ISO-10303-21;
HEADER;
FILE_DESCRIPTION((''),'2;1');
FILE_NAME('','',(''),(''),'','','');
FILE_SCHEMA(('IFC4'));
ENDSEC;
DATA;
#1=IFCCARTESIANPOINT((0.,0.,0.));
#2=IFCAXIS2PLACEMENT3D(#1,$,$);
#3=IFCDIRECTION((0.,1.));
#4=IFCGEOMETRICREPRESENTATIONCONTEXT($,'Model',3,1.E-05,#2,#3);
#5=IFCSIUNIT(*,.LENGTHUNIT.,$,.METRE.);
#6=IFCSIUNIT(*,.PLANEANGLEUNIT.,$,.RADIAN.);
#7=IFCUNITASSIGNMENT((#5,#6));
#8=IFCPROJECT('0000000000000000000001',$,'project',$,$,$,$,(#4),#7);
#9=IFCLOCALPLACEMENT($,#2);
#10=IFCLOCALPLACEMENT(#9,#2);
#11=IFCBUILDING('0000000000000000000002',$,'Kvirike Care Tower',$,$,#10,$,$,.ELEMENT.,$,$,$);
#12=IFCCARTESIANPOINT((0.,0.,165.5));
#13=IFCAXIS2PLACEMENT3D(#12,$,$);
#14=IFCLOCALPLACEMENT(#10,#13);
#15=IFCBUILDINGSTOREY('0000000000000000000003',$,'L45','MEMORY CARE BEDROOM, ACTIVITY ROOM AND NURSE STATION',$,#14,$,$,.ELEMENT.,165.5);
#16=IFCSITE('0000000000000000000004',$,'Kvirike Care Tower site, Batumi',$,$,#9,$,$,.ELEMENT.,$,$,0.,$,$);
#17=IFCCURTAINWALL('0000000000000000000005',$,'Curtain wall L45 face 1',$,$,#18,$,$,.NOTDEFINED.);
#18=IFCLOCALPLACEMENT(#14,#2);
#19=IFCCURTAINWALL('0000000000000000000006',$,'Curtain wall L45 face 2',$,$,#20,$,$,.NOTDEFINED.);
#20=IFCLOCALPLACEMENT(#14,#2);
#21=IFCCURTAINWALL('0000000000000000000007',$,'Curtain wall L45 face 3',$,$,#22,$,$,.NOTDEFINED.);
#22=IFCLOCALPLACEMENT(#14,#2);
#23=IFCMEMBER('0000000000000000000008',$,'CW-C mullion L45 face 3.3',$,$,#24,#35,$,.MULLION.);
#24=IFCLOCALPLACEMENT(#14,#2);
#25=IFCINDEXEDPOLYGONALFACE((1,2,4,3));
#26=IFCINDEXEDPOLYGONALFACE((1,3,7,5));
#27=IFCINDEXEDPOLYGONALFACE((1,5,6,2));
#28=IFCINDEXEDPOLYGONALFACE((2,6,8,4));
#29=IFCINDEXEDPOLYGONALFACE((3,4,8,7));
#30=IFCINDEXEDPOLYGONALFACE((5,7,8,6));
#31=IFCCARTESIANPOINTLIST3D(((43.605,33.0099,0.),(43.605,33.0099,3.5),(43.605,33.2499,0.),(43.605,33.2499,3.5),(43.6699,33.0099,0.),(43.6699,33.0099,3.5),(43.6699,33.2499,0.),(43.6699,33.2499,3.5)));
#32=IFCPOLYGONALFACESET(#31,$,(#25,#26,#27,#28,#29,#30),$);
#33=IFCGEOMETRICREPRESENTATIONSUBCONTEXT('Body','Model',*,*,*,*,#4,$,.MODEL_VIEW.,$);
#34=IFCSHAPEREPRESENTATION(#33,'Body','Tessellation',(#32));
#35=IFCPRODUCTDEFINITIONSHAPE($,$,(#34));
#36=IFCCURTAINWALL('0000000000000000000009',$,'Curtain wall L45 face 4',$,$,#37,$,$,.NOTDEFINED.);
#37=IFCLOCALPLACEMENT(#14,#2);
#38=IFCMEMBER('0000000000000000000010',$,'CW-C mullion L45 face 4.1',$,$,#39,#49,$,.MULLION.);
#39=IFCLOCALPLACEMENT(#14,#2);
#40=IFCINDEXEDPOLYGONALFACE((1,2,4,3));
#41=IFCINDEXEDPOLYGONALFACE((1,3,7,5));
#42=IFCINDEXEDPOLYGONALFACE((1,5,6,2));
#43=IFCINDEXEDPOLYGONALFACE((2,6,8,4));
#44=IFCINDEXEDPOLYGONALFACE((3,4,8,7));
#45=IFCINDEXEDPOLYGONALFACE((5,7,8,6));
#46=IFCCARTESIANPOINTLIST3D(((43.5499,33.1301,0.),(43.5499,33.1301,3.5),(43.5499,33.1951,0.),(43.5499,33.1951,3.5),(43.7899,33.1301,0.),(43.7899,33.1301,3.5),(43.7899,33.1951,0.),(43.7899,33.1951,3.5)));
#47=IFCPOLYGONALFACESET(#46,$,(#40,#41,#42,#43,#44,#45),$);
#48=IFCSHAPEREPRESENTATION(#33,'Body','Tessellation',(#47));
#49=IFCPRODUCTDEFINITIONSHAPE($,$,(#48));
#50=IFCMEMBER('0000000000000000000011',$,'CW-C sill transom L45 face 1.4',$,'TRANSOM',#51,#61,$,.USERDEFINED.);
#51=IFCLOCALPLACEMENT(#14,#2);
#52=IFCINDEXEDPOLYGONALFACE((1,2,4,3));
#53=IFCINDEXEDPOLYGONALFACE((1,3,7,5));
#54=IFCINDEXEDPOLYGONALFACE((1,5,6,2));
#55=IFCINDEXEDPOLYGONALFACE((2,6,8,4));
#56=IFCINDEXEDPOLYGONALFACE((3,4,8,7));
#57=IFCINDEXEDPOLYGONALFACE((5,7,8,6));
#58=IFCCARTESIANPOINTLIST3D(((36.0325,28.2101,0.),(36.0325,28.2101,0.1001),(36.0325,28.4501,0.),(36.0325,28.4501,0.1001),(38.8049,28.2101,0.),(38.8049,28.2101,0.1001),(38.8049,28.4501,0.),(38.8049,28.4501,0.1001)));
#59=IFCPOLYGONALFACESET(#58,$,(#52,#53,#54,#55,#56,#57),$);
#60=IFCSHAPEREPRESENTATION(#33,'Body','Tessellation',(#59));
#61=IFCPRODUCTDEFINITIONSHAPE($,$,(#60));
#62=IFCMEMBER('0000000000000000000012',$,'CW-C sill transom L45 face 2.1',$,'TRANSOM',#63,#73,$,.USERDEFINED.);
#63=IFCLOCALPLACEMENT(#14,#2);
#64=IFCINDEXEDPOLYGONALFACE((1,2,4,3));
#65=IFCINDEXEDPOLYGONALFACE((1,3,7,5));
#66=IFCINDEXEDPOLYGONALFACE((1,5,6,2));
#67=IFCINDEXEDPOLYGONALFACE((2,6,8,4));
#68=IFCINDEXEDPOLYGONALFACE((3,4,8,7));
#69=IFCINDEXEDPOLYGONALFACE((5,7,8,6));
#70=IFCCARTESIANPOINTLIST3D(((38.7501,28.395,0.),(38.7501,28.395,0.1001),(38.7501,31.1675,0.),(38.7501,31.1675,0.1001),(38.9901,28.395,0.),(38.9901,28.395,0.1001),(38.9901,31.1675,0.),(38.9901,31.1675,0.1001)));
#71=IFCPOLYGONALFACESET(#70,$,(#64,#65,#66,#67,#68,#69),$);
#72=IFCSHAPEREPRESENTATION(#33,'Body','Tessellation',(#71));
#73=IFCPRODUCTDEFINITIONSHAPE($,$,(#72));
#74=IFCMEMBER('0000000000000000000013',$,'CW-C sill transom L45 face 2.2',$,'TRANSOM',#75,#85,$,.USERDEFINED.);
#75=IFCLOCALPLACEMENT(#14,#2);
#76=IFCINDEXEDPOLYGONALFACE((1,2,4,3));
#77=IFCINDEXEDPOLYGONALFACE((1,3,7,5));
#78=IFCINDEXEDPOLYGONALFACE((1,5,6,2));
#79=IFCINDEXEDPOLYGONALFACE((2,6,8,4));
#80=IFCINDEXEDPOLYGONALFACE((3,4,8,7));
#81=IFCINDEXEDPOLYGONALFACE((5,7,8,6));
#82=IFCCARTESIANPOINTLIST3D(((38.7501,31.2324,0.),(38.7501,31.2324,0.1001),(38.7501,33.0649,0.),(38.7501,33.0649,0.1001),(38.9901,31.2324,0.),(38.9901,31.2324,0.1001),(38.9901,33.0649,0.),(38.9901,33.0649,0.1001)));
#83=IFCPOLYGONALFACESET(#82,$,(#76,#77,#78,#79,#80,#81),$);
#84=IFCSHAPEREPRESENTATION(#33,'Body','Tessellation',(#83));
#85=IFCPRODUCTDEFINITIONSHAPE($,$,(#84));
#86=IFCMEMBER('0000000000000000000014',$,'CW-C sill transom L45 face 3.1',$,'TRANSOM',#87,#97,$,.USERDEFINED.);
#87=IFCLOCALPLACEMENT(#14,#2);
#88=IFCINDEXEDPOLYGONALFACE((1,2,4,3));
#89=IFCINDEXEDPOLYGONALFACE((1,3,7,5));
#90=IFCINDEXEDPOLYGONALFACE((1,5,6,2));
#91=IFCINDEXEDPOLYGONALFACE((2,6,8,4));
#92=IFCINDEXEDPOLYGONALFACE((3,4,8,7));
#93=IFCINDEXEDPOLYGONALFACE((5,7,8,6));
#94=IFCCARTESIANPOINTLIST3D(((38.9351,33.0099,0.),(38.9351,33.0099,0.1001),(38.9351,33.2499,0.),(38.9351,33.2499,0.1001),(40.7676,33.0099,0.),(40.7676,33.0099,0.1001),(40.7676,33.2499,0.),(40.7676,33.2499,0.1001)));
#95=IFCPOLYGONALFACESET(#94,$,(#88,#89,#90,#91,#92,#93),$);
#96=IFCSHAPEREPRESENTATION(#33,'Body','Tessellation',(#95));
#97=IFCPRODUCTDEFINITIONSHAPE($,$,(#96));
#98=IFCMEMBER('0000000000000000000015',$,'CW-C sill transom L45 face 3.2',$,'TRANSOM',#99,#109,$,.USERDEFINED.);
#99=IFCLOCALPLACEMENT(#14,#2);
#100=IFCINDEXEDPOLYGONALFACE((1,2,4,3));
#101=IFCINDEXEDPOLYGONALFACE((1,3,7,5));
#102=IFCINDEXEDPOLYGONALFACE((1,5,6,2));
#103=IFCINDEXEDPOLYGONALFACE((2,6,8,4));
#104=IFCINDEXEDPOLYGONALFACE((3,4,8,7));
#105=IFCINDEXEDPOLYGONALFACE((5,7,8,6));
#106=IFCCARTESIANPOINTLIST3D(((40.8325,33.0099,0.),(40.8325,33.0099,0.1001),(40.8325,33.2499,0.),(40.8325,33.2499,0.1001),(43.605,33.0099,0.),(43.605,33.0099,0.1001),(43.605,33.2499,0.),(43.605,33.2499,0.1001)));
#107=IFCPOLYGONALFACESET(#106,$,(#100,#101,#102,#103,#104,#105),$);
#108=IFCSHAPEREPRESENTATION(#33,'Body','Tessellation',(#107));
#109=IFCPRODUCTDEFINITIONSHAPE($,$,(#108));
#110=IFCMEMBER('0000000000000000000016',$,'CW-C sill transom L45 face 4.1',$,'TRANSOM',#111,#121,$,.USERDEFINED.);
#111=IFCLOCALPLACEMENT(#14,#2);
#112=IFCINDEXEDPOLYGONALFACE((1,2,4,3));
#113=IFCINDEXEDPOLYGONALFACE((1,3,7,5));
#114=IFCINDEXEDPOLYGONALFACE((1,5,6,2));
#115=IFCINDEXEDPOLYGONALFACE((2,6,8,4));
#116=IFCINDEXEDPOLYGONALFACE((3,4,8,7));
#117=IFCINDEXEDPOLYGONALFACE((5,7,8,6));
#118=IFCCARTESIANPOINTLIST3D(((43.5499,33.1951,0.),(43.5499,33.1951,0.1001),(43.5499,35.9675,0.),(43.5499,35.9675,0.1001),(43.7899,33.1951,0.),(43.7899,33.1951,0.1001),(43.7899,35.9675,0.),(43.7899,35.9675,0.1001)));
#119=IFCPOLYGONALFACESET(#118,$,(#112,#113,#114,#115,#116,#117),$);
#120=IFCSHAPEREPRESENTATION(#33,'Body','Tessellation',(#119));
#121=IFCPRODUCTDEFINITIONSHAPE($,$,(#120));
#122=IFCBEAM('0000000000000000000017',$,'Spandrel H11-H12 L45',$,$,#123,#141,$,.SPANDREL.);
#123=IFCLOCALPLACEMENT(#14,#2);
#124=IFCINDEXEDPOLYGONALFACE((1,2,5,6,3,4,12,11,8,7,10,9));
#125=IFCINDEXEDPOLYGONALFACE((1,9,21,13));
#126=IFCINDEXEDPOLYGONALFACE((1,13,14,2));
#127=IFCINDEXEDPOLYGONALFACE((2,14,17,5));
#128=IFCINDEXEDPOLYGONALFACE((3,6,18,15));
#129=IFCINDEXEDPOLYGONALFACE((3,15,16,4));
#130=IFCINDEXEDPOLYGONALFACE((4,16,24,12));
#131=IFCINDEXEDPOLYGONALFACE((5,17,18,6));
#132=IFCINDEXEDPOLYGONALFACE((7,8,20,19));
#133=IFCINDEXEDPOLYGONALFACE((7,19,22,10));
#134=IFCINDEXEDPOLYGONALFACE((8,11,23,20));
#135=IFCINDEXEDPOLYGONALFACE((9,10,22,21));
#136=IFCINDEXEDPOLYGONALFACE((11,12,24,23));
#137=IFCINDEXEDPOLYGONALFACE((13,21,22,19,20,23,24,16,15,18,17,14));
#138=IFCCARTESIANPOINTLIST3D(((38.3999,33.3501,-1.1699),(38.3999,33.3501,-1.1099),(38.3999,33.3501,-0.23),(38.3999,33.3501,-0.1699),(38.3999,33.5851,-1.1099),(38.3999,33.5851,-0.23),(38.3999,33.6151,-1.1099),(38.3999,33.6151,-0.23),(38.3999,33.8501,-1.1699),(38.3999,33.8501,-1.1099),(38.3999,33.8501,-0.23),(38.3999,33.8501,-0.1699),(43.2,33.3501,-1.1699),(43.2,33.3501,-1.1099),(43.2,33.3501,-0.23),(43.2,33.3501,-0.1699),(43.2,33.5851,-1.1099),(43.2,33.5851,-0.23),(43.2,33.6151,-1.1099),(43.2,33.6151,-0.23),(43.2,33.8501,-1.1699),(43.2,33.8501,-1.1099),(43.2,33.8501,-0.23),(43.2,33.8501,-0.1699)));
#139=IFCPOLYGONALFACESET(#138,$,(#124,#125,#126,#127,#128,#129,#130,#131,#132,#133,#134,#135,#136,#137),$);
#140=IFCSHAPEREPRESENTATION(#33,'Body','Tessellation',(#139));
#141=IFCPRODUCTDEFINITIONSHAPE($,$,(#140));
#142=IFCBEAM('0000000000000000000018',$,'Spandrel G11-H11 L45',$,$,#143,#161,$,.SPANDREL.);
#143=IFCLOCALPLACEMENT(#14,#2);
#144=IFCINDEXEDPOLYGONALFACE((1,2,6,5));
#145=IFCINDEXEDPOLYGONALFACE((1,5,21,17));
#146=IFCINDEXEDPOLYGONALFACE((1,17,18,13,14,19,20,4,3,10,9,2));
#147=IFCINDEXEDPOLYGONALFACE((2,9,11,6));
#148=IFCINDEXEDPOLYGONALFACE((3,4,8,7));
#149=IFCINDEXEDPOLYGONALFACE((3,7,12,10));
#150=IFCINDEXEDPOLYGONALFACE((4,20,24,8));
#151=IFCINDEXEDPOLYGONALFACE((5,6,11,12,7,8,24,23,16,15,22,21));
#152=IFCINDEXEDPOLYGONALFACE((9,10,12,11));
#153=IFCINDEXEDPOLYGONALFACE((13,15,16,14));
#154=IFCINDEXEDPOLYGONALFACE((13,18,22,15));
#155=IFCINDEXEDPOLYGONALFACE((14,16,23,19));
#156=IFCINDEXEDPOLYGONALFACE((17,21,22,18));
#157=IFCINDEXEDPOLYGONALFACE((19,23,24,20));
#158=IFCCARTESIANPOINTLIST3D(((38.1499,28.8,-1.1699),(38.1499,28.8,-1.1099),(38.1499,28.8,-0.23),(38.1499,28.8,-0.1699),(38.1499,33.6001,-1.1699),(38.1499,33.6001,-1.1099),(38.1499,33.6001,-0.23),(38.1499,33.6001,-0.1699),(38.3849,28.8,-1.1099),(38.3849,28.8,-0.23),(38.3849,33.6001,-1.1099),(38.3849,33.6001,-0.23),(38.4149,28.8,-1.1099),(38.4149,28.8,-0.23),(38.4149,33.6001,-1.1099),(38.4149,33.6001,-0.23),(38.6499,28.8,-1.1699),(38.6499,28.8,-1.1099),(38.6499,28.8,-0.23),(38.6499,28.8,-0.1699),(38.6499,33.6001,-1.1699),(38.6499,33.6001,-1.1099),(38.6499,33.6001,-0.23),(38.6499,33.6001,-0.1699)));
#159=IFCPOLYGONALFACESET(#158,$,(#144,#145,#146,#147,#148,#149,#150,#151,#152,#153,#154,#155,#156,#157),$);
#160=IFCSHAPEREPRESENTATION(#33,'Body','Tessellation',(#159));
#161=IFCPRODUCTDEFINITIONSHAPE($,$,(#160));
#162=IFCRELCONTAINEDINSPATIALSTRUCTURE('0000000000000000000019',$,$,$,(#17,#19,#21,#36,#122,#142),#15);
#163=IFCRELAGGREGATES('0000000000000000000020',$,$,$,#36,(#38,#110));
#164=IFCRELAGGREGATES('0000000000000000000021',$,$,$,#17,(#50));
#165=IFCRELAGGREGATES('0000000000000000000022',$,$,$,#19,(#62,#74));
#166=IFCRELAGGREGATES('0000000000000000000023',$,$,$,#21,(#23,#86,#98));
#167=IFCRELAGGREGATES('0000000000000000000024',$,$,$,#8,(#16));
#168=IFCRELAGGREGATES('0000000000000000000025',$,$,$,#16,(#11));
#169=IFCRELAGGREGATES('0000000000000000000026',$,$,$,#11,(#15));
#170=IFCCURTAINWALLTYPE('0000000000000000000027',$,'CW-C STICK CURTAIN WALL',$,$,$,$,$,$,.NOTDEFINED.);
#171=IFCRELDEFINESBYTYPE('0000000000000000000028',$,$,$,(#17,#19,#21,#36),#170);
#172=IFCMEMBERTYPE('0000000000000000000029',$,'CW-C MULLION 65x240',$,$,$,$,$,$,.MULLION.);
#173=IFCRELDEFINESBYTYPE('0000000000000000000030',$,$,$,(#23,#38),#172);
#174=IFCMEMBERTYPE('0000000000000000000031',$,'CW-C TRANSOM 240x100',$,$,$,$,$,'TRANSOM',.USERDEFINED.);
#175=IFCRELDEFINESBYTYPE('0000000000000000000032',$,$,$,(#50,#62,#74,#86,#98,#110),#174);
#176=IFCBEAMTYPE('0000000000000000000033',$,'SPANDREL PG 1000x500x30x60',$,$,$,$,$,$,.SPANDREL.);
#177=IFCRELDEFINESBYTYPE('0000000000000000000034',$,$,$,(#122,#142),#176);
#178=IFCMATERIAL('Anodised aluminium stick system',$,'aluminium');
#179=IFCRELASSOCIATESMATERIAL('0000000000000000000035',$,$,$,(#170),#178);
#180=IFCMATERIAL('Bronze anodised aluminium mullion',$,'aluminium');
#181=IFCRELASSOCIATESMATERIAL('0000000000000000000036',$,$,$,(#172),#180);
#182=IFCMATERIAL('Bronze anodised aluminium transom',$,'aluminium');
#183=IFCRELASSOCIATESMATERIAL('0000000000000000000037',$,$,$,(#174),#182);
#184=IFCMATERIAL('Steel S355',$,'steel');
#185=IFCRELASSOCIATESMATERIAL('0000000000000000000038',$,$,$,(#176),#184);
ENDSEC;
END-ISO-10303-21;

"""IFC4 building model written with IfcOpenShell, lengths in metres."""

from ifc_helpers import new_model, si_unit, direction, frame, origin, origin_2d, place, context, subcontext, project, spatial, rectangle, i_section, extrude, material, material_profile, profile_set, type_object, element, aggregate, save


model = new_model("IFC4")

# Units and contexts
model_context = context("Model", 3, precision=1e-05, world=origin(), true_north=direction((0.0, 1.0)))
body_context = subcontext(model_context, "Body", "Model", "MODEL_VIEW")
ifc_project = project(units=[si_unit("LENGTHUNIT", "METRE"), si_unit("PLANEANGLEUNIT", "RADIAN")], contexts=[model_context])

# Site, building, storey
site_placement = place(None, origin())
site = spatial("IfcSite", under=ifc_project, at=site_placement, Name="Kvirike Care Tower site, Batumi", CompositionType="ELEMENT", RefElevation=0.0)
building_placement = place(site_placement, origin())
building = spatial("IfcBuilding", under=site, at=building_placement, Name="Kvirike Care Tower", CompositionType="ELEMENT")
storey_placement = place(building_placement, frame((0.0, 0.0, 165.5)))
storey = spatial("IfcBuildingStorey", under=building, at=storey_placement, Name="L45", Description="MEMORY CARE BEDROOM, ACTIVITY ROOM AND NURSE STATION", CompositionType="ELEMENT", Elevation=165.5)

# Curtain walls, member
ifc_material_1 = material(Name="Anodised aluminium stick system", Category="aluminium")
curtain_wall_type = type_object("IfcCurtainWallType", Name="CW-C STICK CURTAIN WALL", PredefinedType="NOTDEFINED", material=ifc_material_1)
curtain_wall_1_placement = place(storey_placement, origin())
curtain_wall_1 = element("IfcCurtainWall", 1, at=curtain_wall_1_placement, inside=storey, type_object=curtain_wall_type, Name="Curtain wall L45 face 1", PredefinedType="NOTDEFINED")
ifc_material_2 = material(Name="Bronze anodised aluminium mullion", Category="aluminium")
ifc_material_profile_1 = material_profile(ifc_material_2, rectangle(XDim=0.0649, YDim=0.24, at=origin_2d()), Name="CW-C MULLION 65x240")
ifc_profile_set_1 = profile_set([ifc_material_profile_1], Name="Bronze anodised aluminium mullion")
member_type_1 = type_object("IfcMemberType", Name="CW-C MULLION 65x240", PredefinedType="MULLION", material=ifc_profile_set_1)
curtain_wall_2_placement = place(storey_placement, origin())
curtain_wall_2 = element("IfcCurtainWall", 2, at=curtain_wall_2_placement, inside=storey, type_object=curtain_wall_type, Name="Curtain wall L45 face 2", PredefinedType="NOTDEFINED")
curtain_wall_3_placement = place(storey_placement, origin())
curtain_wall_3 = element("IfcCurtainWall", 3, at=curtain_wall_3_placement, inside=storey, type_object=curtain_wall_type, Name="Curtain wall L45 face 3", PredefinedType="NOTDEFINED")
member_1_placement = place(storey_placement, frame((43.6375, 33.1299, 0.0), z_axis=(0.0, 0.0, 1.0), x_axis=(1.0, 0.0, 0.0)))
member_1 = element("IfcMember", 4, at=member_1_placement, type_object=member_type_1, Name="CW-C mullion L45 face 3.3", PredefinedType="MULLION", context=body_context, shape_type="SweptSolid", body=[
    extrude(rectangle(XDim=0.0649, YDim=0.24, at=origin_2d()), origin(), (0.0, 0.0, 1.0), 3.5),
])

# Curtain wall, member
curtain_wall_4_placement = place(storey_placement, origin())
curtain_wall_4 = element("IfcCurtainWall", 5, at=curtain_wall_4_placement, inside=storey, type_object=curtain_wall_type, Name="Curtain wall L45 face 4", PredefinedType="NOTDEFINED")
member_2_placement = place(storey_placement, frame((43.6699, 33.1626, 0.0), z_axis=(0.0, 0.0, 1.0), x_axis=(0.0, 1.0, 0.0)))
member_2 = element("IfcMember", 6, at=member_2_placement, type_object=member_type_1, Name="CW-C mullion L45 face 4.1", PredefinedType="MULLION", context=body_context, shape_type="SweptSolid", body=[
    extrude(rectangle(XDim=0.0649, YDim=0.24, at=origin_2d()), origin(), (0.0, 0.0, 1.0), 3.5),
])

# Members
ifc_material_3 = material(Name="Bronze anodised aluminium transom", Category="aluminium")
ifc_material_profile_2 = material_profile(ifc_material_3, rectangle(XDim=0.24, YDim=0.1001, at=origin_2d()), Name="CW-C TRANSOM 240x100")
ifc_profile_set_2 = profile_set([ifc_material_profile_2], Name="Bronze anodised aluminium transom")
member_type_2 = type_object("IfcMemberType", Name="CW-C TRANSOM 240x100", ElementType="TRANSOM", PredefinedType="USERDEFINED", material=ifc_profile_set_2)
member_3_placement = place(storey_placement, frame((36.0325, 28.3301, 0.05), z_axis=(1.0, 0.0, 0.0), x_axis=(0.0, 1.0, 0.0)))
member_3 = element("IfcMember", 7, at=member_3_placement, type_object=member_type_2, Name="CW-C sill transom L45 face 1.4", ObjectType="TRANSOM", PredefinedType="USERDEFINED", context=body_context, shape_type="SweptSolid", body=[
    extrude(rectangle(XDim=0.24, YDim=0.1001, at=origin_2d()), origin(), (0.0, 0.0, 1.0), 2.7725),
])
member_4_placement = place(storey_placement, frame((38.8701, 28.395, 0.05), z_axis=(0.0, 1.0, 0.0), x_axis=(-1.0, 0.0, 0.0)))
member_4 = element("IfcMember", 8, at=member_4_placement, type_object=member_type_2, Name="CW-C sill transom L45 face 2.1", ObjectType="TRANSOM", PredefinedType="USERDEFINED", context=body_context, shape_type="SweptSolid", body=[
    extrude(rectangle(XDim=0.24, YDim=0.1001, at=origin_2d()), origin(), (0.0, 0.0, 1.0), 2.7725),
])
member_5_placement = place(storey_placement, frame((38.8701, 31.2324, 0.05), z_axis=(0.0, 1.0, 0.0), x_axis=(-1.0, 0.0, 0.0)))
member_5 = element("IfcMember", 9, at=member_5_placement, type_object=member_type_2, Name="CW-C sill transom L45 face 2.2", ObjectType="TRANSOM", PredefinedType="USERDEFINED", context=body_context, shape_type="SweptSolid", body=[
    extrude(rectangle(XDim=0.24, YDim=0.1001, at=origin_2d()), origin(), (0.0, 0.0, 1.0), 1.8325),
])
member_6_placement = place(storey_placement, frame((38.9351, 33.1299, 0.05), z_axis=(1.0, 0.0, 0.0), x_axis=(0.0, 1.0, 0.0)))
member_6 = element("IfcMember", 10, at=member_6_placement, type_object=member_type_2, Name="CW-C sill transom L45 face 3.1", ObjectType="TRANSOM", PredefinedType="USERDEFINED", context=body_context, shape_type="SweptSolid", body=[
    extrude(rectangle(XDim=0.24, YDim=0.1001, at=origin_2d()), origin(), (0.0, 0.0, 1.0), 1.8325),
])
member_7_placement = place(storey_placement, frame((40.8325, 33.1299, 0.05), z_axis=(1.0, 0.0, 0.0), x_axis=(0.0, 1.0, 0.0)))
member_7 = element("IfcMember", 11, at=member_7_placement, type_object=member_type_2, Name="CW-C sill transom L45 face 3.2", ObjectType="TRANSOM", PredefinedType="USERDEFINED", context=body_context, shape_type="SweptSolid", body=[
    extrude(rectangle(XDim=0.24, YDim=0.1001, at=origin_2d()), origin(), (0.0, 0.0, 1.0), 2.7725),
])
member_8_placement = place(storey_placement, frame((43.6699, 33.1951, 0.05), z_axis=(0.0, 1.0, 0.0), x_axis=(-1.0, 0.0, 0.0)))
member_8 = element("IfcMember", 12, at=member_8_placement, type_object=member_type_2, Name="CW-C sill transom L45 face 4.1", ObjectType="TRANSOM", PredefinedType="USERDEFINED", context=body_context, shape_type="SweptSolid", body=[
    extrude(rectangle(XDim=0.24, YDim=0.1001, at=origin_2d()), origin(), (0.0, 0.0, 1.0), 2.7725),
])
aggregate(curtain_wall_4, [member_2, member_8])

# Beams
ifc_material_4 = material(Name="Steel S355", Category="steel")
ifc_material_profile_3 = material_profile(ifc_material_4, i_section(OverallWidth=0.5, OverallDepth=1.0, WebThickness=0.03, FlangeThickness=0.0601, at=origin_2d()), Name="PG 1000x500x30x60")
ifc_profile_set_3 = profile_set([ifc_material_profile_3], Name="Steel S355")
beam_type_1 = type_object("IfcBeamType", Name="SPANDREL PG 1000x500x30x60", PredefinedType="SPANDREL", material=ifc_profile_set_3)
for number, where, z_axis, x_axis, name in (
    (13, (38.3999, 33.6001, -0.6699), (1.0, 0.0, 0.0), (0.0, 1.0, 0.0), "Spandrel H11-H12 L45"),
    (14, (38.3999, 28.8, -0.6699), (0.0, 1.0, 0.0), (-1.0, 0.0, 0.0), "Spandrel G11-H11 L45"),
):
    element("IfcBeam", number, at=place(storey_placement, frame(where, z_axis=z_axis, x_axis=x_axis)), inside=storey, type_object=beam_type_1, Name=name, PredefinedType="SPANDREL", context=body_context, shape_type="SweptSolid", body=[
        extrude(i_section(OverallWidth=0.5, OverallDepth=1.0, WebThickness=0.03, FlangeThickness=0.0601, at=origin_2d()), origin(), (0.0, 0.0, 1.0), 4.8),
    ])

aggregate(curtain_wall_1, [member_3])
aggregate(curtain_wall_2, [member_4, member_5])
aggregate(curtain_wall_3, [member_1, member_6, member_7])

save(model, "model.ifc")
